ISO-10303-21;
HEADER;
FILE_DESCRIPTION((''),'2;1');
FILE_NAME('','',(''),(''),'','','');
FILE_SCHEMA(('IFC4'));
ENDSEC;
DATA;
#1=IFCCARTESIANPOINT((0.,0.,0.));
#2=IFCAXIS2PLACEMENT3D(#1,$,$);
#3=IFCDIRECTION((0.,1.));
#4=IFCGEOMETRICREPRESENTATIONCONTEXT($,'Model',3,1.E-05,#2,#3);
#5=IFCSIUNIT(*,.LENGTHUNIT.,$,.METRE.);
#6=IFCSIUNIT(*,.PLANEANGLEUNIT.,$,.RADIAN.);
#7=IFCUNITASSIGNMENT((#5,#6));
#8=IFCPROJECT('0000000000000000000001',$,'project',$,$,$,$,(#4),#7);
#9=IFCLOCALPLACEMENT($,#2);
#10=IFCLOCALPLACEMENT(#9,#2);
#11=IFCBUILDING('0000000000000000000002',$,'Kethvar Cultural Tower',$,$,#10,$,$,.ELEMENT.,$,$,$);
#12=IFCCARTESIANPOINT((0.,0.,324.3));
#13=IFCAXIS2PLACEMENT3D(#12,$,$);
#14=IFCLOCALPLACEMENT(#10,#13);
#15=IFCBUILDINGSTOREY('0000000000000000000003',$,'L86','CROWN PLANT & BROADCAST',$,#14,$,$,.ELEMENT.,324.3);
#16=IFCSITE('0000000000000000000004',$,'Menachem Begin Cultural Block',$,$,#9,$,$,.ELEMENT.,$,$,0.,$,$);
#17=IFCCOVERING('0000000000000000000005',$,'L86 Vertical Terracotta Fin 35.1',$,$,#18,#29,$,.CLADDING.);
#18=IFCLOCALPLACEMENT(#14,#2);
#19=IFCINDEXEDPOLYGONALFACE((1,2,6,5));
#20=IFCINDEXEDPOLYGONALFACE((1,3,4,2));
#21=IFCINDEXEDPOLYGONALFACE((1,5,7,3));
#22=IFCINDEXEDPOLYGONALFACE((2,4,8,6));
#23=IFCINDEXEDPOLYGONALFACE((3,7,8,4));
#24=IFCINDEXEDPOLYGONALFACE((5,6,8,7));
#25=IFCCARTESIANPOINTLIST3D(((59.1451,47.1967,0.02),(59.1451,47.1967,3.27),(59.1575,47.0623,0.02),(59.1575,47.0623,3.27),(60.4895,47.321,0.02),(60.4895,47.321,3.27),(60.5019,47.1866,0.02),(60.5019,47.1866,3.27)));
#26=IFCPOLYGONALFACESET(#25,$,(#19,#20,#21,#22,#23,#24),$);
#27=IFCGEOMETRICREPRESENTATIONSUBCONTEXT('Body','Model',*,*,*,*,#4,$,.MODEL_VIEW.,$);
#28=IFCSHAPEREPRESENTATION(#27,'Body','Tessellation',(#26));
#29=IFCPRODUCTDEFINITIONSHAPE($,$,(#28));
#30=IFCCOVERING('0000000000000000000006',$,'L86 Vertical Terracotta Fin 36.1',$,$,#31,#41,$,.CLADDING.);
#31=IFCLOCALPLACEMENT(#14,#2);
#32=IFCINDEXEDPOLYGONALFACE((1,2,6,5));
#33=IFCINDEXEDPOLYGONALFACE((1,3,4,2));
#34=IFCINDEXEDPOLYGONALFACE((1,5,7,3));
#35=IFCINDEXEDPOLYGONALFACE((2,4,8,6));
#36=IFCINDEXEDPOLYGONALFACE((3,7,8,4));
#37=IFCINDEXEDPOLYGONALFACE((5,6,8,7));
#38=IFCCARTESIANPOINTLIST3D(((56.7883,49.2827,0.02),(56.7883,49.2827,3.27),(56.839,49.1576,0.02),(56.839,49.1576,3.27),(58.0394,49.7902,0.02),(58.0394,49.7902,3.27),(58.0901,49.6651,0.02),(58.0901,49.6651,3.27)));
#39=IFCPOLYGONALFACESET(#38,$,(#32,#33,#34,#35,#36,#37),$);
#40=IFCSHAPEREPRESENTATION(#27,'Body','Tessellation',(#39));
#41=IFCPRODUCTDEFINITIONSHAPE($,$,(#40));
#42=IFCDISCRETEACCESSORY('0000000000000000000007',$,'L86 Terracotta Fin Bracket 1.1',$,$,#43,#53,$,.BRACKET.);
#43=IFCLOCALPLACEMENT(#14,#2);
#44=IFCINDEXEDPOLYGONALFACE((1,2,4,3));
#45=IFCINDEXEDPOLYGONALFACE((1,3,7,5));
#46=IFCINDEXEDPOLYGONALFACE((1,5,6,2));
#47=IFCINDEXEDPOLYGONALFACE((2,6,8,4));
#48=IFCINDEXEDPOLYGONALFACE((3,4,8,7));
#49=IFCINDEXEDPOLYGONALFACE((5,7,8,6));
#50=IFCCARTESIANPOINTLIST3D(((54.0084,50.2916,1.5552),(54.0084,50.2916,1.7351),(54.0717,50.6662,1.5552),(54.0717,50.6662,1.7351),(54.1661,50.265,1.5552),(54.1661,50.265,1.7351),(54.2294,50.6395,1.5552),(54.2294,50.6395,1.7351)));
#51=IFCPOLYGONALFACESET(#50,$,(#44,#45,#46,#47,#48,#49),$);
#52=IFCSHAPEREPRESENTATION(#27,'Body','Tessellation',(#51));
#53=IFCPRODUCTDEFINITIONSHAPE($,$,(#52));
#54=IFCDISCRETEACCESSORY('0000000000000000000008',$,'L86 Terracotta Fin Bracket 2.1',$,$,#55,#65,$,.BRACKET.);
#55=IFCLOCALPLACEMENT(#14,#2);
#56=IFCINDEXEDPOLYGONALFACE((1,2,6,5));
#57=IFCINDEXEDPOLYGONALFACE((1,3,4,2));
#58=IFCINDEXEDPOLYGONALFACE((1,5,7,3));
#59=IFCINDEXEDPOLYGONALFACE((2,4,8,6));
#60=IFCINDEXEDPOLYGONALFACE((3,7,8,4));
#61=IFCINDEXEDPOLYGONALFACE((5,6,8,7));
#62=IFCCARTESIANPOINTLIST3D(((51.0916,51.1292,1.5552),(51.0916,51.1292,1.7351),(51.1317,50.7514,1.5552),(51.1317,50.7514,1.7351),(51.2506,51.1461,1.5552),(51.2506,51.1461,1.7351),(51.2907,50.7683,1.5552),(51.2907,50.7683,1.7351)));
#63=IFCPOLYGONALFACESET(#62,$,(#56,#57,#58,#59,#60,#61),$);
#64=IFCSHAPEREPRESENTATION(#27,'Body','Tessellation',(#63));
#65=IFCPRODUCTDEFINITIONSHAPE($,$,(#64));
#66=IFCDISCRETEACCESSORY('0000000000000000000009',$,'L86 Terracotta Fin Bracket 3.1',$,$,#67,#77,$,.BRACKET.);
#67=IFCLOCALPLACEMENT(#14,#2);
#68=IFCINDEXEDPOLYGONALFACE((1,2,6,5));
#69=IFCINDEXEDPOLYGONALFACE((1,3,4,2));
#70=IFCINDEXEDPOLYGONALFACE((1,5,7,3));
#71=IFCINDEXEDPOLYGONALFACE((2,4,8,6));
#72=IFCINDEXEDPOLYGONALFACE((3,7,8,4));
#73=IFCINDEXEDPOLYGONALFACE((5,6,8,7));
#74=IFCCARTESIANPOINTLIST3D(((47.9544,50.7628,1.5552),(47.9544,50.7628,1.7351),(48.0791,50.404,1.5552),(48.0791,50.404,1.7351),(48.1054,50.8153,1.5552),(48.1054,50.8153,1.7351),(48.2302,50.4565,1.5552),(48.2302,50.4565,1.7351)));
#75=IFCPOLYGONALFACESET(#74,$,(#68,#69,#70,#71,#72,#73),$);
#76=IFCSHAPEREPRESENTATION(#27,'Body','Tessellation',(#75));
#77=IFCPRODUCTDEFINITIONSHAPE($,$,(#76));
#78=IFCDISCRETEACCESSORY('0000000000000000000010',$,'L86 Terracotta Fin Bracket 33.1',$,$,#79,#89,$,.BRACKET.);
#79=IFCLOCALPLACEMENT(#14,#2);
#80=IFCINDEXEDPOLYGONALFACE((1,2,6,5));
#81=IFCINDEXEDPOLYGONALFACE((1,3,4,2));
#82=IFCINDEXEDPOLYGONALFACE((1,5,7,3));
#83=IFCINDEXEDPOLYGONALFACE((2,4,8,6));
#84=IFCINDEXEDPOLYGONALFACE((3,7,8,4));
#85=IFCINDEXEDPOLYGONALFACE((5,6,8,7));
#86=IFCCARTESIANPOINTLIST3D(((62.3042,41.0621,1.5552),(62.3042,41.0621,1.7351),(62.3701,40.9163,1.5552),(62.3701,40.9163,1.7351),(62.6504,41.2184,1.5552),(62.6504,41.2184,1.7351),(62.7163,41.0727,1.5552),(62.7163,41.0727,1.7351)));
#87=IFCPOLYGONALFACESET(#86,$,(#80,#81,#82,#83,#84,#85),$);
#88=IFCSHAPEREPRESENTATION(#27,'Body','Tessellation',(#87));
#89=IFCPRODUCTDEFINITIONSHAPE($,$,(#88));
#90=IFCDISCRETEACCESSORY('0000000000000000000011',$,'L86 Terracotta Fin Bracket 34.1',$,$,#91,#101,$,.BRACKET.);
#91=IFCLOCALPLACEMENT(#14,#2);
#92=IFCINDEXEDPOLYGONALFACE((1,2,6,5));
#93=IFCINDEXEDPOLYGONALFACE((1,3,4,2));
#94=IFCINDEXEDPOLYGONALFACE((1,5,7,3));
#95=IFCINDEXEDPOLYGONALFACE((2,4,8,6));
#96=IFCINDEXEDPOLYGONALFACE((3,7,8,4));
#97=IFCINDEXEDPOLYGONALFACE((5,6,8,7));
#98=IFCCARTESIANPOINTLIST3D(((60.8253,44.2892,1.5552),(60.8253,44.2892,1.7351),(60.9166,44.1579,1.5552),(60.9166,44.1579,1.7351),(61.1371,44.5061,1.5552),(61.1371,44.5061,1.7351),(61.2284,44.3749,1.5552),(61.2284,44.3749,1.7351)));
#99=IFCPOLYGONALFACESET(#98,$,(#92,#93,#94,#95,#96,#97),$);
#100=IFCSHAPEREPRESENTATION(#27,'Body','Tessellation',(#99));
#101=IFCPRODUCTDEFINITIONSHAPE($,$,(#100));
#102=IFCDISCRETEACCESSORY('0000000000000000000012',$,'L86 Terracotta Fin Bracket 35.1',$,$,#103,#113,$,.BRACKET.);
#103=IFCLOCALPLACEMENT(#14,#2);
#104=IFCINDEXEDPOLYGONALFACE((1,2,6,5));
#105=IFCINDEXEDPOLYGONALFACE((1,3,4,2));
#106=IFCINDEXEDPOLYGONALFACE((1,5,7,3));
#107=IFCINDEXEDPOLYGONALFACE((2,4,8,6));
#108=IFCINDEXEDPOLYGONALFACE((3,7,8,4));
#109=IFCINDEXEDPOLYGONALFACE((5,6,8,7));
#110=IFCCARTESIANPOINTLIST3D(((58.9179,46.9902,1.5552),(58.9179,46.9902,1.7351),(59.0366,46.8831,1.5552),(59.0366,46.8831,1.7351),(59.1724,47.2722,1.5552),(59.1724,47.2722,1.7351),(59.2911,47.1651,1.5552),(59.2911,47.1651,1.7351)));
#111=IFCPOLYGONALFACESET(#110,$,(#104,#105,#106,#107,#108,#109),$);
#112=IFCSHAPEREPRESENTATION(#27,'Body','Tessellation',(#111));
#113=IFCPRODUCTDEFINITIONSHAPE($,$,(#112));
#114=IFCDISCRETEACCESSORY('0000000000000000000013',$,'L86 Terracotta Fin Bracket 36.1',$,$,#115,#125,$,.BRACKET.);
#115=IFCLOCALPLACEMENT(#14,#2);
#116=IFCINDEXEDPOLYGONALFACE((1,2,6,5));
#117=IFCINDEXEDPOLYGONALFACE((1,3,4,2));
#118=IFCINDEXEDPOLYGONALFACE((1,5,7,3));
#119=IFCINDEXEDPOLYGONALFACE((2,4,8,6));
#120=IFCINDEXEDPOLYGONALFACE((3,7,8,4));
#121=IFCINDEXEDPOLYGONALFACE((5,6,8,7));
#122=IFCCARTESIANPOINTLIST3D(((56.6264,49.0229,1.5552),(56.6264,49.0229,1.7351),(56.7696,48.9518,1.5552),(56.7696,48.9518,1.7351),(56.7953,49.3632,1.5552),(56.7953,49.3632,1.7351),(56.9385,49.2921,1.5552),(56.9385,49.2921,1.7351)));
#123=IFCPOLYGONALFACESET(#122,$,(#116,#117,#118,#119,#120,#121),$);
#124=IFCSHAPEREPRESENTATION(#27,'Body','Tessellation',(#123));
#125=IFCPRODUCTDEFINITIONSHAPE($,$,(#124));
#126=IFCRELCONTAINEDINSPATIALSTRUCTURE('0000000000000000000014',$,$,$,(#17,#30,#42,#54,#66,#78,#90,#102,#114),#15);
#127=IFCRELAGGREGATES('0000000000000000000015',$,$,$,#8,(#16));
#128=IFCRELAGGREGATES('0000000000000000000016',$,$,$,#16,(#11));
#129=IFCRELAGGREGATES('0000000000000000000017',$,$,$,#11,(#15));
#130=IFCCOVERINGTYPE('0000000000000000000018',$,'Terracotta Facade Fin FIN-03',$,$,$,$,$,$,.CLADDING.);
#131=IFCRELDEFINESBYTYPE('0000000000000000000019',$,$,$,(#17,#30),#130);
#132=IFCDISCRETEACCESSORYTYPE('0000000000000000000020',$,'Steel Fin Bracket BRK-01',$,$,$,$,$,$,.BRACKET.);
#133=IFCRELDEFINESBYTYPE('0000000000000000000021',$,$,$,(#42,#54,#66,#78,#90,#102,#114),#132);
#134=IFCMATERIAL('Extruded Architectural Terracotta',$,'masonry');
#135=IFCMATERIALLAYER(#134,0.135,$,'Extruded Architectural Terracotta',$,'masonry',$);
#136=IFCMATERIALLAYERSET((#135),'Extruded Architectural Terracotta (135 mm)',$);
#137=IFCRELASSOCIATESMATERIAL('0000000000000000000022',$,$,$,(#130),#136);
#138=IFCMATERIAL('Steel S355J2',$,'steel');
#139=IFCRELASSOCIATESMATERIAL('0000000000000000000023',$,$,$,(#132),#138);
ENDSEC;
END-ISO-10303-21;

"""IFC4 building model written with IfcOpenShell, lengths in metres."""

from ifc_helpers import new_model, si_unit, direction, frame, origin, origin_2d, place, context, subcontext, project, spatial, rectangle, extrude, source, transform, mapped, material, layer, layer_set, type_object, element, save


model = new_model("IFC4")

# Units and contexts
model_context = context("Model", 3, precision=1e-05, world=origin(), true_north=direction((0.0, 1.0)))
body_context = subcontext(model_context, "Body", "Model", "MODEL_VIEW")
ifc_project = project(units=[si_unit("LENGTHUNIT", "METRE"), si_unit("PLANEANGLEUNIT", "RADIAN")], contexts=[model_context])

# Site, building, storey
site_placement = place(None, origin())
site = spatial("IfcSite", under=ifc_project, at=site_placement, Name="Menachem Begin Cultural Block", CompositionType="ELEMENT", RefElevation=0.0)
building_placement = place(site_placement, origin())
building = spatial("IfcBuilding", under=site, at=building_placement, Name="Kethvar Cultural Tower", CompositionType="ELEMENT")
storey_placement = place(building_placement, frame((0.0, 0.0, 324.3)))
storey = spatial("IfcBuildingStorey", under=building, at=storey_placement, Name="L86", Description="CROWN PLANT & BROADCAST", CompositionType="ELEMENT", Elevation=324.3)

# Shared definitions
ifc_material_1 = material(Name="Steel S355J2", Category="steel")

# Coverings
ifc_material_2 = material(Name="Extruded Architectural Terracotta", Category="masonry")
ifc_layer_1 = layer(ifc_material_2, 0.135, Name="Extruded Architectural Terracotta", Category="masonry")
ifc_layer_set_1 = layer_set([ifc_layer_1], Name="Extruded Architectural Terracotta (135 mm)")
covering_type = type_object("IfcCoveringType", Name="Terracotta Facade Fin FIN-03", PredefinedType="CLADDING", material=ifc_layer_set_1)
shared_shape_1 = source(origin(), body_context, "Body", "SweptSolid", [
    extrude(rectangle(XDim=1.3501, YDim=0.135, at=origin_2d()), origin(), (0.0, 0.0, 1.0), 3.25),
])
for number, where, z_axis, x_axis, name in (
    (1, (59.8235, 47.1917, 0.02), (0.0, 0.0, 1.0), (0.995757, 0.092023, 0.0), "L86 Vertical Terracotta Fin 35.1"),
    (2, (57.4392, 49.4739, 0.02), (0.0, 0.0, 1.0), (0.92666, 0.375901, 0.0), "L86 Vertical Terracotta Fin 36.1"),
):
    element("IfcCovering", number, at=place(storey_placement, frame(where, z_axis=z_axis, x_axis=x_axis)), inside=storey, type_object=covering_type, Name=name, PredefinedType="CLADDING", context=body_context, shape_type="MappedRepresentation", body=[
        mapped(shared_shape_1, transform((0.0, 0.0, 0.0), scale=1.0)),
    ])

# Discrete accessories
discrete_accessory_type = type_object("IfcDiscreteAccessoryType", Name="Steel Fin Bracket BRK-01", PredefinedType="BRACKET", material=ifc_material_1)
shared_shape_2 = source(origin(), body_context, "Body", "SweptSolid", [
    extrude(rectangle(XDim=0.3799, YDim=0.1599, at=origin_2d()), origin(), (0.0, 0.0, 1.0), 0.1799),
])
for number, where, z_axis, x_axis, name in (
    (3, (54.1189, 50.4656, 1.5552), (0.0, 0.0, 1.0), (0.166769, 0.985996, 0.0), "L86 Terracotta Fin Bracket 1.1"),
    (4, (51.1912, 50.9487, 1.5552), (0.0, 0.0, 1.0), (-0.10557, 0.994412, 0.0), "L86 Terracotta Fin Bracket 2.1"),
    (5, (48.0923, 50.6096, 1.5552), (0.0, 0.0, 1.0), (-0.328372, 0.944548, 0.0), "L86 Terracotta Fin Bracket 3.1"),
    (6, (62.5103, 41.0674, 1.5552), (0.0, 0.0, 1.0), (0.911331, 0.411673, 0.0), "L86 Terracotta Fin Bracket 33.1"),
    (7, (61.0269, 44.332, 1.5552), (0.0, 0.0, 1.0), (0.82085, 0.571143, 0.0), "L86 Terracotta Fin Bracket 34.1"),
    (8, (59.1045, 47.0776, 1.5552), (0.0, 0.0, 1.0), (0.670038, 0.742327, 0.0), "L86 Terracotta Fin Bracket 35.1"),
    (9, (56.7825, 49.1575, 1.5552), (0.0, 0.0, 1.0), (0.444635, 0.895712, 0.0), "L86 Terracotta Fin Bracket 36.1"),
):
    element("IfcDiscreteAccessory", number, at=place(storey_placement, frame(where, z_axis=z_axis, x_axis=x_axis)), inside=storey, type_object=discrete_accessory_type, Name=name, PredefinedType="BRACKET", context=body_context, shape_type="MappedRepresentation", body=[
        mapped(shared_shape_2, transform((0.0, 0.0, 0.0), scale=1.0)),
    ])

save(model, "model.ifc")
